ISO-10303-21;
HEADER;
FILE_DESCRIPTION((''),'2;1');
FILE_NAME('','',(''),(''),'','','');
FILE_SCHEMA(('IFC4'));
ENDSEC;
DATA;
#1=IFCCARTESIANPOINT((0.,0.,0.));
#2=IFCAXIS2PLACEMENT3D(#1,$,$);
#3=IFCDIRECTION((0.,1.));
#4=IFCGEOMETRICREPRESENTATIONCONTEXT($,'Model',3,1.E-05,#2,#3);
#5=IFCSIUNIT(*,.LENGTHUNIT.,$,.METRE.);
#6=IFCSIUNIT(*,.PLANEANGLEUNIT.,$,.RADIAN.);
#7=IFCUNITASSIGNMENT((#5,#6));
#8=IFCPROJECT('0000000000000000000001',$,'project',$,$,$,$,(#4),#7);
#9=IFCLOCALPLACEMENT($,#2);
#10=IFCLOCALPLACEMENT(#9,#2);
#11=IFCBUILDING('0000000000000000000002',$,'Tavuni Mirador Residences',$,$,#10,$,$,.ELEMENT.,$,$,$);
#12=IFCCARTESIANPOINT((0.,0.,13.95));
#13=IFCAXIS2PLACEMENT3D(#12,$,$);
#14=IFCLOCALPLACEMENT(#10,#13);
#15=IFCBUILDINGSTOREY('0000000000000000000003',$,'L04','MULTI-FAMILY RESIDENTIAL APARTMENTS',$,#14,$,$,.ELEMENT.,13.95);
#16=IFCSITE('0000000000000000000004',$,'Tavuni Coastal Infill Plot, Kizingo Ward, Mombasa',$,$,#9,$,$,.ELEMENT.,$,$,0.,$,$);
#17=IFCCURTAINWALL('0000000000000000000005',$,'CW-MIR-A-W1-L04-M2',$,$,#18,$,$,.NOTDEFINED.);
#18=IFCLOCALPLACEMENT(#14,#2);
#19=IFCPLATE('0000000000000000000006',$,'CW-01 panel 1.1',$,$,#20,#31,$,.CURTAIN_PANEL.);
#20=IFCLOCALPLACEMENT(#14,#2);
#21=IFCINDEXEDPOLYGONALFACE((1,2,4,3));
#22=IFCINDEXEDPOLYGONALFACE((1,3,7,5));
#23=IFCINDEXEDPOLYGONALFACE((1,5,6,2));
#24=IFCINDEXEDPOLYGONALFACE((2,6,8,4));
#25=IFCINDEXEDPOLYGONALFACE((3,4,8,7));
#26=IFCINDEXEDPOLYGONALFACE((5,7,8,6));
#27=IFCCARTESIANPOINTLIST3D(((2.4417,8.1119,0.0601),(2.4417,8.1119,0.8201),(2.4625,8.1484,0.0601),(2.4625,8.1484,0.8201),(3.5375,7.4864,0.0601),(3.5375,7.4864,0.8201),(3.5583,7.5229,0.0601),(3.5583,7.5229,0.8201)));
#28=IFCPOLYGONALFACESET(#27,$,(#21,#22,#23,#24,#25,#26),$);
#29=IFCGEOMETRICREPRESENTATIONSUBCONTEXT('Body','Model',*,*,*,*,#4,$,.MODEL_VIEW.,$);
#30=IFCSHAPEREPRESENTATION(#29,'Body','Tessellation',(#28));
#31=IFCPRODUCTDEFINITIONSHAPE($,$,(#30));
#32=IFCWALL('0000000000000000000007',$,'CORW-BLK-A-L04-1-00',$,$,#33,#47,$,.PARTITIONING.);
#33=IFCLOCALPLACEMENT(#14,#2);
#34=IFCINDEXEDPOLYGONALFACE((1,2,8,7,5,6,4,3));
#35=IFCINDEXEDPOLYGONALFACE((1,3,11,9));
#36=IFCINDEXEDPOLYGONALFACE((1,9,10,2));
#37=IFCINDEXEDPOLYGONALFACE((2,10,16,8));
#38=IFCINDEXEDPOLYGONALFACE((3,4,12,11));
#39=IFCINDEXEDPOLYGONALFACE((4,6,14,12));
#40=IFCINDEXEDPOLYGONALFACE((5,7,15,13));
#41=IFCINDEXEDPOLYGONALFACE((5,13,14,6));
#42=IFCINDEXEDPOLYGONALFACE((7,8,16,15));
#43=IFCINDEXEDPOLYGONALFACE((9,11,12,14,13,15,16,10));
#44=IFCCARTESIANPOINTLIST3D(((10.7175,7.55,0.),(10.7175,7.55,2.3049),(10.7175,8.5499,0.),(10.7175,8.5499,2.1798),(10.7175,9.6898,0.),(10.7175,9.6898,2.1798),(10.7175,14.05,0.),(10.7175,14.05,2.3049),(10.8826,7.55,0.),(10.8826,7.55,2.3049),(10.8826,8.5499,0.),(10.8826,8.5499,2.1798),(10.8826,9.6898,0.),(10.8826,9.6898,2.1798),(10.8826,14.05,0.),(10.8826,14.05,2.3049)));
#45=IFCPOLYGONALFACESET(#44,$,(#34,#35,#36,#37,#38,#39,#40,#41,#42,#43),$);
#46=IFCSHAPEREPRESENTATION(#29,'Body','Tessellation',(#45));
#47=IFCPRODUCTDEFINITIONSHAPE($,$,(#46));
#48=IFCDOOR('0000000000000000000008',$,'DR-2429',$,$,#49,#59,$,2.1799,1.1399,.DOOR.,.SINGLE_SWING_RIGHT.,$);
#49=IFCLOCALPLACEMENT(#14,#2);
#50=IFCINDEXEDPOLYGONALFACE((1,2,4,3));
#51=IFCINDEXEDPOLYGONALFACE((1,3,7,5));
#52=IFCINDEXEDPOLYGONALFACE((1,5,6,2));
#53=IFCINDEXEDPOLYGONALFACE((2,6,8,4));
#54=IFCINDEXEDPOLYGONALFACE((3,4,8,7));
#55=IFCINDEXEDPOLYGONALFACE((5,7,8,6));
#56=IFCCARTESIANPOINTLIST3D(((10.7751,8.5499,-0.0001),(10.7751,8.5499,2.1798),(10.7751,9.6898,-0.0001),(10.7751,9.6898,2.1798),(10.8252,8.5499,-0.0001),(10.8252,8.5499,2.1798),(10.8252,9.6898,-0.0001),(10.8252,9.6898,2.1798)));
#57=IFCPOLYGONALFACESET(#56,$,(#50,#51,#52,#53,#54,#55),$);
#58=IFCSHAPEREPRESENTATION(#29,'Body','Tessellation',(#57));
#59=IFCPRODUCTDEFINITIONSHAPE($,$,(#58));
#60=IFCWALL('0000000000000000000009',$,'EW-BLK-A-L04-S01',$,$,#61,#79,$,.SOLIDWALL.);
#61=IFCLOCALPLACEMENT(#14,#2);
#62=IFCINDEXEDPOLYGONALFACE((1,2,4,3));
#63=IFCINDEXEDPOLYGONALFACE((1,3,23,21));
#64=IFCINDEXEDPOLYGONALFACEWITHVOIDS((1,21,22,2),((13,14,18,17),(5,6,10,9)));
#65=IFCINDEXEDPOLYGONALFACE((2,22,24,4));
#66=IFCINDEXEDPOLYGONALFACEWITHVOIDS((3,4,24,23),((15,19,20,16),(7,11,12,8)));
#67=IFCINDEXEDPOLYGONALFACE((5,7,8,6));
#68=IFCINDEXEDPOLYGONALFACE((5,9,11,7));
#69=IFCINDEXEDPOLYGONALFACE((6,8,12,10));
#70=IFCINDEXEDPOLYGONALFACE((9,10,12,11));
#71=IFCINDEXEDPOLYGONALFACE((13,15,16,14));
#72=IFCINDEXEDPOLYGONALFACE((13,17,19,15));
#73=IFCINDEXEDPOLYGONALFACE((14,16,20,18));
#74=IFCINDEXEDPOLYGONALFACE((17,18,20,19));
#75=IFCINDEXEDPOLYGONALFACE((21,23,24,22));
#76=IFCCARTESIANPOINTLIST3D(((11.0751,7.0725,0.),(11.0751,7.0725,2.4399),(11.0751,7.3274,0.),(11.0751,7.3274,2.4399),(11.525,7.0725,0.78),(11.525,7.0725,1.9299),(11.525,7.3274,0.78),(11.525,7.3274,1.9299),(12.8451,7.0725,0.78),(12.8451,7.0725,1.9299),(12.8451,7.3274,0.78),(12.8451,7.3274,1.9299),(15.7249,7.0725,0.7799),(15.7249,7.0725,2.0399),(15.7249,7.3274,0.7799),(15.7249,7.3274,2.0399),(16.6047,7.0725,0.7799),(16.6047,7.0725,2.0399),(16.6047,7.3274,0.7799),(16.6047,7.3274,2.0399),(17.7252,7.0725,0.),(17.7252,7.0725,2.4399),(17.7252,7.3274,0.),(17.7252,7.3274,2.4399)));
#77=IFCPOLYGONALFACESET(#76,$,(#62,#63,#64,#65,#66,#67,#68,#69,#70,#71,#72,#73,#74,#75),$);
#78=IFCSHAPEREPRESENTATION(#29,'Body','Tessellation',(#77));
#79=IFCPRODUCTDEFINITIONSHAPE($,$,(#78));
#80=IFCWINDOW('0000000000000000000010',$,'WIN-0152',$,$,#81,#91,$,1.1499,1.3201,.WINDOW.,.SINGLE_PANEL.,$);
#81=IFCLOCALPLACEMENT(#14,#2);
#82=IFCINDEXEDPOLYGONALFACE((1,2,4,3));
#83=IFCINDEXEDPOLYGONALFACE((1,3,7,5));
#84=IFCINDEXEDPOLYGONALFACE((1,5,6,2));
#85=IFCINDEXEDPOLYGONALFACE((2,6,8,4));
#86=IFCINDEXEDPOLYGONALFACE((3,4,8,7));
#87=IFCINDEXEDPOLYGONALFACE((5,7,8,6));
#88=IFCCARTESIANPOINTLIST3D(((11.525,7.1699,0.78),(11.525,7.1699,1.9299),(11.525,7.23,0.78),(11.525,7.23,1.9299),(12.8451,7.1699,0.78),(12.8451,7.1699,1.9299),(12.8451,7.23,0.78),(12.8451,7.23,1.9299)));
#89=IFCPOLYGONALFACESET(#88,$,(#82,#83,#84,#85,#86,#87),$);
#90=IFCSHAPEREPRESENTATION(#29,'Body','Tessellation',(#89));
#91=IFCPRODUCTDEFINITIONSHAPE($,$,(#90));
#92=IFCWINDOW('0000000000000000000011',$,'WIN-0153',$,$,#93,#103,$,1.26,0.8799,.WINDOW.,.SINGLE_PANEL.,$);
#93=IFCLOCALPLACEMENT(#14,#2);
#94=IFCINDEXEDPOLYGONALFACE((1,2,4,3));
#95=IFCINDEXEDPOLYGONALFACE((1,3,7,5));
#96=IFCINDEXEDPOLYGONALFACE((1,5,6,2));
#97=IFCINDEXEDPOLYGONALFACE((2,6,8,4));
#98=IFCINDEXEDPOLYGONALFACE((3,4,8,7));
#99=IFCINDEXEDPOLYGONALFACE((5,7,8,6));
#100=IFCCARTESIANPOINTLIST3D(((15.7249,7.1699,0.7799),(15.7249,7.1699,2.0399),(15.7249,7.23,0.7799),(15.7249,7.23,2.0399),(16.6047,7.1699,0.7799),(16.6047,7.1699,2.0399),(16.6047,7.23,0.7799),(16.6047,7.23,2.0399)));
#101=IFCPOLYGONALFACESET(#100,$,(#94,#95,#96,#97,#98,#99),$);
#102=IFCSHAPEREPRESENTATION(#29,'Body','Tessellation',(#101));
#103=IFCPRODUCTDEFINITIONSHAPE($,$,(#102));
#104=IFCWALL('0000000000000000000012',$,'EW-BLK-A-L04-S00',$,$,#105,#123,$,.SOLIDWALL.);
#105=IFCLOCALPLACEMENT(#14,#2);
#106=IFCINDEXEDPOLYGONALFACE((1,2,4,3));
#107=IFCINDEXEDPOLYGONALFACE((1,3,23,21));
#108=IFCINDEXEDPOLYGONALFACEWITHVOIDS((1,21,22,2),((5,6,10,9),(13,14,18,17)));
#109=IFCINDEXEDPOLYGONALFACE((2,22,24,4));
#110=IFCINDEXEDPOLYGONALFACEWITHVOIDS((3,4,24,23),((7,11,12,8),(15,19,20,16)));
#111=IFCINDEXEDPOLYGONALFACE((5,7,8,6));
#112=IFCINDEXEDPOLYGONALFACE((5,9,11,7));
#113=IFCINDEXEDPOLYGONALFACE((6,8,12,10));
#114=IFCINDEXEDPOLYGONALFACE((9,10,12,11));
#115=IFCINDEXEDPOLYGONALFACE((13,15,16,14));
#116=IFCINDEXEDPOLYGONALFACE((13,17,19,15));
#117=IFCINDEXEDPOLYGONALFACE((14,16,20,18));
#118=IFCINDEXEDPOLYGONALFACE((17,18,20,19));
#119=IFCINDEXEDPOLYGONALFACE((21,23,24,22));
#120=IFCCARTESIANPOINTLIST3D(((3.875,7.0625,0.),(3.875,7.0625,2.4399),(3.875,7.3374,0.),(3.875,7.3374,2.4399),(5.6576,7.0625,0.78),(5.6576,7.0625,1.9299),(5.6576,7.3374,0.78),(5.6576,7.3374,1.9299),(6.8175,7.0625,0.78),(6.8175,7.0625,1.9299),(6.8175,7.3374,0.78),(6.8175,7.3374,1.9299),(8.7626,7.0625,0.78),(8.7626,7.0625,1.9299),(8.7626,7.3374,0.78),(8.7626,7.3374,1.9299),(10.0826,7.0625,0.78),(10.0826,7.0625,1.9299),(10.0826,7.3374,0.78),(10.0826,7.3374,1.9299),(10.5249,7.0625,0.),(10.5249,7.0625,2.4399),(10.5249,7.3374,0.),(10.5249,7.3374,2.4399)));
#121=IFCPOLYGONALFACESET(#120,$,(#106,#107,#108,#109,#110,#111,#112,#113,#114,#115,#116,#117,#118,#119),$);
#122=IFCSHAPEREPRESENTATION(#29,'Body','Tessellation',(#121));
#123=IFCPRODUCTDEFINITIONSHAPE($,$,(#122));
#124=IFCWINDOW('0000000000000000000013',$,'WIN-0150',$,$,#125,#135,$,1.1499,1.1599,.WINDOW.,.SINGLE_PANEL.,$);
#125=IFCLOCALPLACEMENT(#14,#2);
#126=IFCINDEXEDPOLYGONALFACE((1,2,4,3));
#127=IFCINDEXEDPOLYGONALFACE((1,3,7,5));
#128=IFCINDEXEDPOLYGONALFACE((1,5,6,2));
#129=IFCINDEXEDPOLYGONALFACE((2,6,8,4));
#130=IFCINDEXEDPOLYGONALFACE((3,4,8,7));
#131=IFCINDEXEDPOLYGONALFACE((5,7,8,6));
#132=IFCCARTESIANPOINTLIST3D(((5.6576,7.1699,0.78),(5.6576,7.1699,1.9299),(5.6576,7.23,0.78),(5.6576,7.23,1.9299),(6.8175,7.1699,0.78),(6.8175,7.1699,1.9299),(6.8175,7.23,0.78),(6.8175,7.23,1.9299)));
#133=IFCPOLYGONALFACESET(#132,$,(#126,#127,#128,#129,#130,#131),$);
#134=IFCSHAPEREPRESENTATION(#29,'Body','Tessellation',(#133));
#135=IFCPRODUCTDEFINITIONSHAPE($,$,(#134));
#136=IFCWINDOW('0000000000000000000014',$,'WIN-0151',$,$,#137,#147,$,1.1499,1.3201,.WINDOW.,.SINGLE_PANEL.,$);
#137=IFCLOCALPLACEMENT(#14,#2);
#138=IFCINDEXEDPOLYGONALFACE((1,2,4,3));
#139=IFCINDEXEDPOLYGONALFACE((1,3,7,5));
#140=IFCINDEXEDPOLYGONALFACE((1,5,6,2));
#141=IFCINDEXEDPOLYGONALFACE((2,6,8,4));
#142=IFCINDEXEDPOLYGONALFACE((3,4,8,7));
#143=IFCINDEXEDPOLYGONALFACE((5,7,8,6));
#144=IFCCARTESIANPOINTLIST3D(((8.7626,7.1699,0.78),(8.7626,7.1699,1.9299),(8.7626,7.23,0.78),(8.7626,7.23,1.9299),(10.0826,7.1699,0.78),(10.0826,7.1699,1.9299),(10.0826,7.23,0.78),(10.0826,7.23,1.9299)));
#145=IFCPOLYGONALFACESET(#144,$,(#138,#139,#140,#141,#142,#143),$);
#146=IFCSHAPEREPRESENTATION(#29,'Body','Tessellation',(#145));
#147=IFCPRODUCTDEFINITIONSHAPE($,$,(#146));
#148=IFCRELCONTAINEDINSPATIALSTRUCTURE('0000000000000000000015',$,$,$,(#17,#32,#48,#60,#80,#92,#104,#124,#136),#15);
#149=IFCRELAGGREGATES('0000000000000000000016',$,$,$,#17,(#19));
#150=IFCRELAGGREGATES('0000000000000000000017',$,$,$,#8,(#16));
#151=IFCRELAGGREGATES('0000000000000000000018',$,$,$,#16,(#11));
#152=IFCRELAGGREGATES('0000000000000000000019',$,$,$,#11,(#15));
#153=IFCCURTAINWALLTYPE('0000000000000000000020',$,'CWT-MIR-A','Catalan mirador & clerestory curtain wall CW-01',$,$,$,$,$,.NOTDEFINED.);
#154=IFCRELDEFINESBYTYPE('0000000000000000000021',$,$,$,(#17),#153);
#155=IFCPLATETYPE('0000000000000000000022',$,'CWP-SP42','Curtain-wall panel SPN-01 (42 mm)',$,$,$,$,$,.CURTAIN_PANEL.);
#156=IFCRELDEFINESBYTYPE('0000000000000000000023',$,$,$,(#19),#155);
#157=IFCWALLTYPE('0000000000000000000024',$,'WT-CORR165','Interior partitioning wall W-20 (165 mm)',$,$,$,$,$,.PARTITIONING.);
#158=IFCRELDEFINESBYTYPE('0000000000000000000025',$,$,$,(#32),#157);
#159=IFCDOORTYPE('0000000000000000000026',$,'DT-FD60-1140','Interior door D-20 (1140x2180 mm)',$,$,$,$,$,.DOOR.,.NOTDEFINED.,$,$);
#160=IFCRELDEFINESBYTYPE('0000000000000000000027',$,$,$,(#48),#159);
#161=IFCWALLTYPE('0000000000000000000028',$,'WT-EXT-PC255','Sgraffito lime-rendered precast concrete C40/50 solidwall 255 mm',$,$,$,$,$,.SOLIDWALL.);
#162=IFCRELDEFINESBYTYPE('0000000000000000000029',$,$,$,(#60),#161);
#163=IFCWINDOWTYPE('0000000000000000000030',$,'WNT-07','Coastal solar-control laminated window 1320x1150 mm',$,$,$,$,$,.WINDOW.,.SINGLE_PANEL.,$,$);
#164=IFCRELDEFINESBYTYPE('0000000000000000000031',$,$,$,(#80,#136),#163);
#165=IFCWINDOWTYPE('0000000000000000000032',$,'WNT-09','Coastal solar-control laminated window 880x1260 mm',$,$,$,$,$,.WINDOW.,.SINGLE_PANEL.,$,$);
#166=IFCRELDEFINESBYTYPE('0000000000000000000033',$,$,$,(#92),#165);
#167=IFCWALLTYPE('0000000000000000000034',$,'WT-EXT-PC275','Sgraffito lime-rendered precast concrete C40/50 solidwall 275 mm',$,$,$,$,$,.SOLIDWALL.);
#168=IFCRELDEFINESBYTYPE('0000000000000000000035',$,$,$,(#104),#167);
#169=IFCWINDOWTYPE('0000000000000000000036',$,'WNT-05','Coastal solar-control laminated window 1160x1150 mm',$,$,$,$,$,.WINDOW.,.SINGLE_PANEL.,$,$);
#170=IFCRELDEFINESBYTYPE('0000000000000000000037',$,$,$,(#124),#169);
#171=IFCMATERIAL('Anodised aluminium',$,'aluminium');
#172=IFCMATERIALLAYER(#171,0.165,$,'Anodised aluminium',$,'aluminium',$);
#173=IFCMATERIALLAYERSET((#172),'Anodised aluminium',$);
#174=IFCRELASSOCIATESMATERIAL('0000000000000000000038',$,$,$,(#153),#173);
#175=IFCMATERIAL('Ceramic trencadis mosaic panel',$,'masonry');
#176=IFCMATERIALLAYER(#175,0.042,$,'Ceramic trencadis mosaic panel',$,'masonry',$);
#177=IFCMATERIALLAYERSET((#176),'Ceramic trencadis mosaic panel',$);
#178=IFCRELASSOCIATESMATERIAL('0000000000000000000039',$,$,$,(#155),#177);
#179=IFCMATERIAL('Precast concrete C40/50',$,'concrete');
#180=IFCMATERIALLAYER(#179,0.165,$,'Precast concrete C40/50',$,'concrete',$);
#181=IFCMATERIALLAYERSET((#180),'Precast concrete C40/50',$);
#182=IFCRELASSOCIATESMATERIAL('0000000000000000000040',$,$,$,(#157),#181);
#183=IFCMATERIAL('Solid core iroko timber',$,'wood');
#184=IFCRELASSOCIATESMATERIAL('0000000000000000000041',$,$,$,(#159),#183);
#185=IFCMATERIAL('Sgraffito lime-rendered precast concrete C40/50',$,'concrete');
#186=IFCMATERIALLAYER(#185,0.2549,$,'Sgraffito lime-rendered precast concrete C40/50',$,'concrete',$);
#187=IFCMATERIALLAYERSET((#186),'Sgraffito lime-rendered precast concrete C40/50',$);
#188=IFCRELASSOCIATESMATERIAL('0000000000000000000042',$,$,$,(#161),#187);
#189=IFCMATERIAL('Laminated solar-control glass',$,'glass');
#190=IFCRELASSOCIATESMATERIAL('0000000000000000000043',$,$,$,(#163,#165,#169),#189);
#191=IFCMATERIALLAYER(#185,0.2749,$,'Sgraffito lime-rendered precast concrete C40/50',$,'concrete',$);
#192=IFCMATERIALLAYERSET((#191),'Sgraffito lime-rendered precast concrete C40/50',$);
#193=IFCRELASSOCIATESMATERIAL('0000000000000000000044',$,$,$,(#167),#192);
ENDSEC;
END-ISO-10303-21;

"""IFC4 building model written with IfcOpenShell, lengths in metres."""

from ifc_helpers import new_model, si_unit, direction, frame, frame_2d, origin, origin_2d, place, context, subcontext, project, spatial, rectangle, extrude, material, layer, layer_set, type_object, element, fill, aggregate, save


model = new_model("IFC4")

# Units and contexts
model_context = context("Model", 3, precision=1e-05, world=origin(), true_north=direction((0.0, 1.0)))
body_context = subcontext(model_context, "Body", "Model", "MODEL_VIEW")
ifc_project = project(units=[si_unit("LENGTHUNIT", "METRE"), si_unit("PLANEANGLEUNIT", "RADIAN")], contexts=[model_context])

# Site, building, storey
site_placement = place(None, origin())
site = spatial("IfcSite", under=ifc_project, at=site_placement, Name="Tavuni Coastal Infill Plot, Kizingo Ward, Mombasa", CompositionType="ELEMENT", RefElevation=0.0)
building_placement = place(site_placement, origin())
building = spatial("IfcBuilding", under=site, at=building_placement, Name="Tavuni Mirador Residences", CompositionType="ELEMENT")
storey_placement = place(building_placement, frame((0.0, 0.0, 13.95)))
storey = spatial("IfcBuildingStorey", under=building, at=storey_placement, Name="L04", Description="MULTI-FAMILY RESIDENTIAL APARTMENTS", CompositionType="ELEMENT", Elevation=13.95)

# Shared definitions
ifc_material_1 = material(Name="Precast concrete C40/50", Category="concrete")

# Curtain wall
ifc_material_2 = material(Name="Anodised aluminium", Category="aluminium")
ifc_layer_1 = layer(ifc_material_2, 0.165, Name="Anodised aluminium", Category="aluminium")
ifc_layer_set_1 = layer_set([ifc_layer_1], Name="Anodised aluminium")
curtain_wall_type = type_object("IfcCurtainWallType", Name="CWT-MIR-A", Description="Catalan mirador & clerestory curtain wall CW-01", PredefinedType="NOTDEFINED", material=ifc_layer_set_1)
curtain_wall_placement = place(storey_placement, origin())
curtain_wall = element("IfcCurtainWall", 1, at=curtain_wall_placement, inside=storey, type_object=curtain_wall_type, Name="CW-MIR-A-W1-L04-M2", PredefinedType="NOTDEFINED")

# Plate
ifc_material_3 = material(Name="Laminated solar-control glass", Category="glass")
ifc_material_4 = material(Name="Ceramic trencadis mosaic panel", Category="masonry")
ifc_layer_2 = layer(ifc_material_4, 0.042, Name="Ceramic trencadis mosaic panel", Category="masonry")
ifc_layer_set_2 = layer_set([ifc_layer_2], Name="Ceramic trencadis mosaic panel")
plate_type_1 = type_object("IfcPlateType", Name="CWP-SP42", Description="Curtain-wall panel SPN-01 (42 mm)", PredefinedType="CURTAIN_PANEL", material=ifc_layer_set_2)
plate_1_placement = place(storey_placement, frame((3.0, 7.8174, 0.0601), z_axis=(0.0, 0.0, 1.0), x_axis=(0.868466, -0.495749, 0.0)))
plate_1 = element("IfcPlate", 2, at=plate_1_placement, type_object=plate_type_1, Name="CW-01 panel 1.1", PredefinedType="CURTAIN_PANEL", context=body_context, shape_type="SweptSolid", body=[
    extrude(rectangle(XDim=1.2617, YDim=0.042, at=origin_2d()), origin(), (0.0, 0.0, 1.0), 0.76),
])
aggregate(curtain_wall, [plate_1])

# Wall, opening, door
ifc_layer_3 = layer(ifc_material_1, 0.165, Name="Precast concrete C40/50", Category="concrete")
ifc_layer_set_3 = layer_set([ifc_layer_3], Name="Precast concrete C40/50")
wall_type_1 = type_object("IfcWallType", Name="WT-CORR165", Description="Interior partitioning wall W-20 (165 mm)", PredefinedType="PARTITIONING", material=ifc_layer_set_3)
wall_1_placement = place(storey_placement, frame((10.8, 7.55, 0.0), z_axis=(0.0, 0.0, 1.0), x_axis=(0.0, 1.0, 0.0)))
wall_1 = element("IfcWall", 3, at=wall_1_placement, inside=storey, type_object=wall_type_1, Name="CORW-BLK-A-L04-1-00", PredefinedType="PARTITIONING", context=body_context, shape_type="SweptSolid", body=[
    extrude(rectangle(XDim=6.5, YDim=0.165, at=frame_2d((3.25, 0.0))), origin(), (0.0, 0.0, 1.0), 2.3049),
])
opening_1_placement = place(wall_1_placement, frame((1.0, 0.0, 0.0)))
opening_1 = element("IfcOpeningElement", 4, at=opening_1_placement, cuts=wall_1, PredefinedType="OPENING", context=body_context, shape_type="SweptSolid", body=[
    extrude(rectangle(XDim=1.1399, YDim=2.1799, at=frame_2d((0.5698, 1.0898))), frame((0.0, 0.0925, 0.0), z_axis=(0.0, -1.0, 0.0), x_axis=(1.0, 0.0, 0.0)), (0.0, 0.0, 1.0), 0.1851),
])
ifc_material_5 = material(Name="Solid core iroko timber", Category="wood")
door_type_1 = type_object("IfcDoorType", Name="DT-FD60-1140", Description="Interior door D-20 (1140x2180 mm)", OperationType="NOTDEFINED", PredefinedType="DOOR", material=ifc_material_5)
door_1_placement = place(opening_1_placement, origin())
door_1 = element("IfcDoor", 5, at=door_1_placement, inside=storey, type_object=door_type_1, Name="DR-2429", OperationType="SINGLE_SWING_RIGHT", OverallHeight=2.1799, OverallWidth=1.1399, PredefinedType="DOOR", context=body_context, shape_type="SweptSolid", body=[
    extrude(rectangle(XDim=1.1399, YDim=2.1799, at=frame_2d((0.5698, 1.0898))), frame((0.0, 0.0249, 0.0), z_axis=(0.0, -1.0, 0.0), x_axis=(1.0, 0.0, 0.0)), (0.0, 0.0, 1.0), 0.05),
])
fill(opening_1, door_1)

# Walls, openings, windows
ifc_material_6 = material(Name="Sgraffito lime-rendered precast concrete C40/50", Category="concrete")
ifc_layer_4 = layer(ifc_material_6, 0.2549, Name="Sgraffito lime-rendered precast concrete C40/50", Category="concrete")
ifc_layer_set_4 = layer_set([ifc_layer_4], Name="Sgraffito lime-rendered precast concrete C40/50")
wall_type_2 = type_object("IfcWallType", Name="WT-EXT-PC255", Description="Sgraffito lime-rendered precast concrete C40/50 solidwall 255 mm", PredefinedType="SOLIDWALL", material=ifc_layer_set_4)
wall_2_placement = place(storey_placement, frame((11.075, 7.2, 0.0), z_axis=(0.0, 0.0, 1.0), x_axis=(1.0, 0.0, 0.0)))
wall_2 = element("IfcWall", 6, at=wall_2_placement, inside=storey, type_object=wall_type_2, Name="EW-BLK-A-L04-S01", PredefinedType="SOLIDWALL", context=body_context, shape_type="SweptSolid", body=[
    extrude(rectangle(XDim=6.6501, YDim=0.2549, at=frame_2d((3.3252, 0.0))), origin(), (0.0, 0.0, 1.0), 2.4399),
])
opening_2_placement = place(wall_2_placement, frame((0.45, 0.0, 0.78)))
opening_2 = element("IfcOpeningElement", 7, at=opening_2_placement, cuts=wall_2, PredefinedType="OPENING", context=body_context, shape_type="SweptSolid", body=[
    extrude(rectangle(XDim=1.3201, YDim=1.1499, at=frame_2d((0.6602, 0.575))), frame((0.0, 0.1375, 0.0), z_axis=(0.0, -1.0, 0.0), x_axis=(1.0, 0.0, 0.0)), (0.0, 0.0, 1.0), 0.2749),
])
opening_3_placement = place(wall_2_placement, frame((4.6499, 0.0, 0.78)))
opening_3 = element("IfcOpeningElement", 8, at=opening_3_placement, cuts=wall_2, PredefinedType="OPENING", context=body_context, shape_type="SweptSolid", body=[
    extrude(rectangle(XDim=0.8799, YDim=1.26, at=frame_2d((0.4399, 0.6299))), frame((0.0, 0.1375, 0.0), z_axis=(0.0, -1.0, 0.0), x_axis=(1.0, 0.0, 0.0)), (0.0, 0.0, 1.0), 0.2749),
])
window_type_1 = type_object("IfcWindowType", Name="WNT-07", Description="Coastal solar-control laminated window 1320x1150 mm", PartitioningType="SINGLE_PANEL", PredefinedType="WINDOW", material=ifc_material_3)
window_1_placement = place(opening_2_placement, origin())
window_1 = element("IfcWindow", 9, at=window_1_placement, inside=storey, type_object=window_type_1, Name="WIN-0152", OverallHeight=1.1499, OverallWidth=1.3201, PartitioningType="SINGLE_PANEL", PredefinedType="WINDOW", context=body_context, shape_type="SweptSolid", body=[
    extrude(rectangle(XDim=1.3201, YDim=1.1499, at=frame_2d((0.6602, 0.575))), frame((0.0, 0.03, 0.0), z_axis=(0.0, -1.0, 0.0), x_axis=(1.0, 0.0, 0.0)), (0.0, 0.0, 1.0), 0.0601),
])
fill(opening_2, window_1)
window_type_2 = type_object("IfcWindowType", Name="WNT-09", Description="Coastal solar-control laminated window 880x1260 mm", PartitioningType="SINGLE_PANEL", PredefinedType="WINDOW", material=ifc_material_3)
window_2_placement = place(opening_3_placement, origin())
window_2 = element("IfcWindow", 10, at=window_2_placement, inside=storey, type_object=window_type_2, Name="WIN-0153", OverallHeight=1.26, OverallWidth=0.8799, PartitioningType="SINGLE_PANEL", PredefinedType="WINDOW", context=body_context, shape_type="SweptSolid", body=[
    extrude(rectangle(XDim=0.8799, YDim=1.26, at=frame_2d((0.4399, 0.6299))), frame((0.0, 0.03, 0.0), z_axis=(0.0, -1.0, 0.0), x_axis=(1.0, 0.0, 0.0)), (0.0, 0.0, 1.0), 0.0601),
])
fill(opening_3, window_2)
ifc_layer_5 = layer(ifc_material_6, 0.2749, Name="Sgraffito lime-rendered precast concrete C40/50", Category="concrete")
ifc_layer_set_5 = layer_set([ifc_layer_5], Name="Sgraffito lime-rendered precast concrete C40/50")
wall_type_3 = type_object("IfcWallType", Name="WT-EXT-PC275", Description="Sgraffito lime-rendered precast concrete C40/50 solidwall 275 mm", PredefinedType="SOLIDWALL", material=ifc_layer_set_5)
wall_3_placement = place(storey_placement, frame((3.875, 7.2, 0.0), z_axis=(0.0, 0.0, 1.0), x_axis=(1.0, 0.0, 0.0)))
wall_3 = element("IfcWall", 11, at=wall_3_placement, inside=storey, type_object=wall_type_3, Name="EW-BLK-A-L04-S00", PredefinedType="SOLIDWALL", context=body_context, shape_type="SweptSolid", body=[
    extrude(rectangle(XDim=6.6499, YDim=0.2749, at=frame_2d((3.325, 0.0))), origin(), (0.0, 0.0, 1.0), 2.4399),
])
opening_4_placement = place(wall_3_placement, frame((1.7825, 0.0, 0.78)))
opening_4 = element("IfcOpeningElement", 12, at=opening_4_placement, cuts=wall_3, PredefinedType="OPENING", context=body_context, shape_type="SweptSolid", body=[
    extrude(rectangle(XDim=1.1599, YDim=1.1499, at=frame_2d((0.5801, 0.575))), frame((0.0, 0.1475, 0.0), z_axis=(0.0, -1.0, 0.0), x_axis=(1.0, 0.0, 0.0)), (0.0, 0.0, 1.0), 0.2949),
])
opening_5_placement = place(wall_3_placement, frame((4.8875, 0.0, 0.78)))
opening_5 = element("IfcOpeningElement", 13, at=opening_5_placement, cuts=wall_3, PredefinedType="OPENING", context=body_context, shape_type="SweptSolid", body=[
    extrude(rectangle(XDim=1.3201, YDim=1.1499, at=frame_2d((0.6602, 0.575))), frame((0.0, 0.1475, 0.0), z_axis=(0.0, -1.0, 0.0), x_axis=(1.0, 0.0, 0.0)), (0.0, 0.0, 1.0), 0.2949),
])
window_type_3 = type_object("IfcWindowType", Name="WNT-05", Description="Coastal solar-control laminated window 1160x1150 mm", PartitioningType="SINGLE_PANEL", PredefinedType="WINDOW", material=ifc_material_3)
window_3_placement = place(opening_4_placement, origin())
window_3 = element("IfcWindow", 14, at=window_3_placement, inside=storey, type_object=window_type_3, Name="WIN-0150", OverallHeight=1.1499, OverallWidth=1.1599, PartitioningType="SINGLE_PANEL", PredefinedType="WINDOW", context=body_context, shape_type="SweptSolid", body=[
    extrude(rectangle(XDim=1.1599, YDim=1.1499, at=frame_2d((0.5801, 0.575))), frame((0.0, 0.03, 0.0), z_axis=(0.0, -1.0, 0.0), x_axis=(1.0, 0.0, 0.0)), (0.0, 0.0, 1.0), 0.0601),
])
fill(opening_4, window_3)
window_4_placement = place(opening_5_placement, origin())
window_4 = element("IfcWindow", 15, at=window_4_placement, inside=storey, type_object=window_type_1, Name="WIN-0151", OverallHeight=1.1499, OverallWidth=1.3201, PartitioningType="SINGLE_PANEL", PredefinedType="WINDOW", context=body_context, shape_type="SweptSolid", body=[
    extrude(rectangle(XDim=1.3201, YDim=1.1499, at=frame_2d((0.6602, 0.575))), frame((0.0, 0.03, 0.0), z_axis=(0.0, -1.0, 0.0), x_axis=(1.0, 0.0, 0.0)), (0.0, 0.0, 1.0), 0.0601),
])
fill(opening_5, window_4)

save(model, "model.ifc")
